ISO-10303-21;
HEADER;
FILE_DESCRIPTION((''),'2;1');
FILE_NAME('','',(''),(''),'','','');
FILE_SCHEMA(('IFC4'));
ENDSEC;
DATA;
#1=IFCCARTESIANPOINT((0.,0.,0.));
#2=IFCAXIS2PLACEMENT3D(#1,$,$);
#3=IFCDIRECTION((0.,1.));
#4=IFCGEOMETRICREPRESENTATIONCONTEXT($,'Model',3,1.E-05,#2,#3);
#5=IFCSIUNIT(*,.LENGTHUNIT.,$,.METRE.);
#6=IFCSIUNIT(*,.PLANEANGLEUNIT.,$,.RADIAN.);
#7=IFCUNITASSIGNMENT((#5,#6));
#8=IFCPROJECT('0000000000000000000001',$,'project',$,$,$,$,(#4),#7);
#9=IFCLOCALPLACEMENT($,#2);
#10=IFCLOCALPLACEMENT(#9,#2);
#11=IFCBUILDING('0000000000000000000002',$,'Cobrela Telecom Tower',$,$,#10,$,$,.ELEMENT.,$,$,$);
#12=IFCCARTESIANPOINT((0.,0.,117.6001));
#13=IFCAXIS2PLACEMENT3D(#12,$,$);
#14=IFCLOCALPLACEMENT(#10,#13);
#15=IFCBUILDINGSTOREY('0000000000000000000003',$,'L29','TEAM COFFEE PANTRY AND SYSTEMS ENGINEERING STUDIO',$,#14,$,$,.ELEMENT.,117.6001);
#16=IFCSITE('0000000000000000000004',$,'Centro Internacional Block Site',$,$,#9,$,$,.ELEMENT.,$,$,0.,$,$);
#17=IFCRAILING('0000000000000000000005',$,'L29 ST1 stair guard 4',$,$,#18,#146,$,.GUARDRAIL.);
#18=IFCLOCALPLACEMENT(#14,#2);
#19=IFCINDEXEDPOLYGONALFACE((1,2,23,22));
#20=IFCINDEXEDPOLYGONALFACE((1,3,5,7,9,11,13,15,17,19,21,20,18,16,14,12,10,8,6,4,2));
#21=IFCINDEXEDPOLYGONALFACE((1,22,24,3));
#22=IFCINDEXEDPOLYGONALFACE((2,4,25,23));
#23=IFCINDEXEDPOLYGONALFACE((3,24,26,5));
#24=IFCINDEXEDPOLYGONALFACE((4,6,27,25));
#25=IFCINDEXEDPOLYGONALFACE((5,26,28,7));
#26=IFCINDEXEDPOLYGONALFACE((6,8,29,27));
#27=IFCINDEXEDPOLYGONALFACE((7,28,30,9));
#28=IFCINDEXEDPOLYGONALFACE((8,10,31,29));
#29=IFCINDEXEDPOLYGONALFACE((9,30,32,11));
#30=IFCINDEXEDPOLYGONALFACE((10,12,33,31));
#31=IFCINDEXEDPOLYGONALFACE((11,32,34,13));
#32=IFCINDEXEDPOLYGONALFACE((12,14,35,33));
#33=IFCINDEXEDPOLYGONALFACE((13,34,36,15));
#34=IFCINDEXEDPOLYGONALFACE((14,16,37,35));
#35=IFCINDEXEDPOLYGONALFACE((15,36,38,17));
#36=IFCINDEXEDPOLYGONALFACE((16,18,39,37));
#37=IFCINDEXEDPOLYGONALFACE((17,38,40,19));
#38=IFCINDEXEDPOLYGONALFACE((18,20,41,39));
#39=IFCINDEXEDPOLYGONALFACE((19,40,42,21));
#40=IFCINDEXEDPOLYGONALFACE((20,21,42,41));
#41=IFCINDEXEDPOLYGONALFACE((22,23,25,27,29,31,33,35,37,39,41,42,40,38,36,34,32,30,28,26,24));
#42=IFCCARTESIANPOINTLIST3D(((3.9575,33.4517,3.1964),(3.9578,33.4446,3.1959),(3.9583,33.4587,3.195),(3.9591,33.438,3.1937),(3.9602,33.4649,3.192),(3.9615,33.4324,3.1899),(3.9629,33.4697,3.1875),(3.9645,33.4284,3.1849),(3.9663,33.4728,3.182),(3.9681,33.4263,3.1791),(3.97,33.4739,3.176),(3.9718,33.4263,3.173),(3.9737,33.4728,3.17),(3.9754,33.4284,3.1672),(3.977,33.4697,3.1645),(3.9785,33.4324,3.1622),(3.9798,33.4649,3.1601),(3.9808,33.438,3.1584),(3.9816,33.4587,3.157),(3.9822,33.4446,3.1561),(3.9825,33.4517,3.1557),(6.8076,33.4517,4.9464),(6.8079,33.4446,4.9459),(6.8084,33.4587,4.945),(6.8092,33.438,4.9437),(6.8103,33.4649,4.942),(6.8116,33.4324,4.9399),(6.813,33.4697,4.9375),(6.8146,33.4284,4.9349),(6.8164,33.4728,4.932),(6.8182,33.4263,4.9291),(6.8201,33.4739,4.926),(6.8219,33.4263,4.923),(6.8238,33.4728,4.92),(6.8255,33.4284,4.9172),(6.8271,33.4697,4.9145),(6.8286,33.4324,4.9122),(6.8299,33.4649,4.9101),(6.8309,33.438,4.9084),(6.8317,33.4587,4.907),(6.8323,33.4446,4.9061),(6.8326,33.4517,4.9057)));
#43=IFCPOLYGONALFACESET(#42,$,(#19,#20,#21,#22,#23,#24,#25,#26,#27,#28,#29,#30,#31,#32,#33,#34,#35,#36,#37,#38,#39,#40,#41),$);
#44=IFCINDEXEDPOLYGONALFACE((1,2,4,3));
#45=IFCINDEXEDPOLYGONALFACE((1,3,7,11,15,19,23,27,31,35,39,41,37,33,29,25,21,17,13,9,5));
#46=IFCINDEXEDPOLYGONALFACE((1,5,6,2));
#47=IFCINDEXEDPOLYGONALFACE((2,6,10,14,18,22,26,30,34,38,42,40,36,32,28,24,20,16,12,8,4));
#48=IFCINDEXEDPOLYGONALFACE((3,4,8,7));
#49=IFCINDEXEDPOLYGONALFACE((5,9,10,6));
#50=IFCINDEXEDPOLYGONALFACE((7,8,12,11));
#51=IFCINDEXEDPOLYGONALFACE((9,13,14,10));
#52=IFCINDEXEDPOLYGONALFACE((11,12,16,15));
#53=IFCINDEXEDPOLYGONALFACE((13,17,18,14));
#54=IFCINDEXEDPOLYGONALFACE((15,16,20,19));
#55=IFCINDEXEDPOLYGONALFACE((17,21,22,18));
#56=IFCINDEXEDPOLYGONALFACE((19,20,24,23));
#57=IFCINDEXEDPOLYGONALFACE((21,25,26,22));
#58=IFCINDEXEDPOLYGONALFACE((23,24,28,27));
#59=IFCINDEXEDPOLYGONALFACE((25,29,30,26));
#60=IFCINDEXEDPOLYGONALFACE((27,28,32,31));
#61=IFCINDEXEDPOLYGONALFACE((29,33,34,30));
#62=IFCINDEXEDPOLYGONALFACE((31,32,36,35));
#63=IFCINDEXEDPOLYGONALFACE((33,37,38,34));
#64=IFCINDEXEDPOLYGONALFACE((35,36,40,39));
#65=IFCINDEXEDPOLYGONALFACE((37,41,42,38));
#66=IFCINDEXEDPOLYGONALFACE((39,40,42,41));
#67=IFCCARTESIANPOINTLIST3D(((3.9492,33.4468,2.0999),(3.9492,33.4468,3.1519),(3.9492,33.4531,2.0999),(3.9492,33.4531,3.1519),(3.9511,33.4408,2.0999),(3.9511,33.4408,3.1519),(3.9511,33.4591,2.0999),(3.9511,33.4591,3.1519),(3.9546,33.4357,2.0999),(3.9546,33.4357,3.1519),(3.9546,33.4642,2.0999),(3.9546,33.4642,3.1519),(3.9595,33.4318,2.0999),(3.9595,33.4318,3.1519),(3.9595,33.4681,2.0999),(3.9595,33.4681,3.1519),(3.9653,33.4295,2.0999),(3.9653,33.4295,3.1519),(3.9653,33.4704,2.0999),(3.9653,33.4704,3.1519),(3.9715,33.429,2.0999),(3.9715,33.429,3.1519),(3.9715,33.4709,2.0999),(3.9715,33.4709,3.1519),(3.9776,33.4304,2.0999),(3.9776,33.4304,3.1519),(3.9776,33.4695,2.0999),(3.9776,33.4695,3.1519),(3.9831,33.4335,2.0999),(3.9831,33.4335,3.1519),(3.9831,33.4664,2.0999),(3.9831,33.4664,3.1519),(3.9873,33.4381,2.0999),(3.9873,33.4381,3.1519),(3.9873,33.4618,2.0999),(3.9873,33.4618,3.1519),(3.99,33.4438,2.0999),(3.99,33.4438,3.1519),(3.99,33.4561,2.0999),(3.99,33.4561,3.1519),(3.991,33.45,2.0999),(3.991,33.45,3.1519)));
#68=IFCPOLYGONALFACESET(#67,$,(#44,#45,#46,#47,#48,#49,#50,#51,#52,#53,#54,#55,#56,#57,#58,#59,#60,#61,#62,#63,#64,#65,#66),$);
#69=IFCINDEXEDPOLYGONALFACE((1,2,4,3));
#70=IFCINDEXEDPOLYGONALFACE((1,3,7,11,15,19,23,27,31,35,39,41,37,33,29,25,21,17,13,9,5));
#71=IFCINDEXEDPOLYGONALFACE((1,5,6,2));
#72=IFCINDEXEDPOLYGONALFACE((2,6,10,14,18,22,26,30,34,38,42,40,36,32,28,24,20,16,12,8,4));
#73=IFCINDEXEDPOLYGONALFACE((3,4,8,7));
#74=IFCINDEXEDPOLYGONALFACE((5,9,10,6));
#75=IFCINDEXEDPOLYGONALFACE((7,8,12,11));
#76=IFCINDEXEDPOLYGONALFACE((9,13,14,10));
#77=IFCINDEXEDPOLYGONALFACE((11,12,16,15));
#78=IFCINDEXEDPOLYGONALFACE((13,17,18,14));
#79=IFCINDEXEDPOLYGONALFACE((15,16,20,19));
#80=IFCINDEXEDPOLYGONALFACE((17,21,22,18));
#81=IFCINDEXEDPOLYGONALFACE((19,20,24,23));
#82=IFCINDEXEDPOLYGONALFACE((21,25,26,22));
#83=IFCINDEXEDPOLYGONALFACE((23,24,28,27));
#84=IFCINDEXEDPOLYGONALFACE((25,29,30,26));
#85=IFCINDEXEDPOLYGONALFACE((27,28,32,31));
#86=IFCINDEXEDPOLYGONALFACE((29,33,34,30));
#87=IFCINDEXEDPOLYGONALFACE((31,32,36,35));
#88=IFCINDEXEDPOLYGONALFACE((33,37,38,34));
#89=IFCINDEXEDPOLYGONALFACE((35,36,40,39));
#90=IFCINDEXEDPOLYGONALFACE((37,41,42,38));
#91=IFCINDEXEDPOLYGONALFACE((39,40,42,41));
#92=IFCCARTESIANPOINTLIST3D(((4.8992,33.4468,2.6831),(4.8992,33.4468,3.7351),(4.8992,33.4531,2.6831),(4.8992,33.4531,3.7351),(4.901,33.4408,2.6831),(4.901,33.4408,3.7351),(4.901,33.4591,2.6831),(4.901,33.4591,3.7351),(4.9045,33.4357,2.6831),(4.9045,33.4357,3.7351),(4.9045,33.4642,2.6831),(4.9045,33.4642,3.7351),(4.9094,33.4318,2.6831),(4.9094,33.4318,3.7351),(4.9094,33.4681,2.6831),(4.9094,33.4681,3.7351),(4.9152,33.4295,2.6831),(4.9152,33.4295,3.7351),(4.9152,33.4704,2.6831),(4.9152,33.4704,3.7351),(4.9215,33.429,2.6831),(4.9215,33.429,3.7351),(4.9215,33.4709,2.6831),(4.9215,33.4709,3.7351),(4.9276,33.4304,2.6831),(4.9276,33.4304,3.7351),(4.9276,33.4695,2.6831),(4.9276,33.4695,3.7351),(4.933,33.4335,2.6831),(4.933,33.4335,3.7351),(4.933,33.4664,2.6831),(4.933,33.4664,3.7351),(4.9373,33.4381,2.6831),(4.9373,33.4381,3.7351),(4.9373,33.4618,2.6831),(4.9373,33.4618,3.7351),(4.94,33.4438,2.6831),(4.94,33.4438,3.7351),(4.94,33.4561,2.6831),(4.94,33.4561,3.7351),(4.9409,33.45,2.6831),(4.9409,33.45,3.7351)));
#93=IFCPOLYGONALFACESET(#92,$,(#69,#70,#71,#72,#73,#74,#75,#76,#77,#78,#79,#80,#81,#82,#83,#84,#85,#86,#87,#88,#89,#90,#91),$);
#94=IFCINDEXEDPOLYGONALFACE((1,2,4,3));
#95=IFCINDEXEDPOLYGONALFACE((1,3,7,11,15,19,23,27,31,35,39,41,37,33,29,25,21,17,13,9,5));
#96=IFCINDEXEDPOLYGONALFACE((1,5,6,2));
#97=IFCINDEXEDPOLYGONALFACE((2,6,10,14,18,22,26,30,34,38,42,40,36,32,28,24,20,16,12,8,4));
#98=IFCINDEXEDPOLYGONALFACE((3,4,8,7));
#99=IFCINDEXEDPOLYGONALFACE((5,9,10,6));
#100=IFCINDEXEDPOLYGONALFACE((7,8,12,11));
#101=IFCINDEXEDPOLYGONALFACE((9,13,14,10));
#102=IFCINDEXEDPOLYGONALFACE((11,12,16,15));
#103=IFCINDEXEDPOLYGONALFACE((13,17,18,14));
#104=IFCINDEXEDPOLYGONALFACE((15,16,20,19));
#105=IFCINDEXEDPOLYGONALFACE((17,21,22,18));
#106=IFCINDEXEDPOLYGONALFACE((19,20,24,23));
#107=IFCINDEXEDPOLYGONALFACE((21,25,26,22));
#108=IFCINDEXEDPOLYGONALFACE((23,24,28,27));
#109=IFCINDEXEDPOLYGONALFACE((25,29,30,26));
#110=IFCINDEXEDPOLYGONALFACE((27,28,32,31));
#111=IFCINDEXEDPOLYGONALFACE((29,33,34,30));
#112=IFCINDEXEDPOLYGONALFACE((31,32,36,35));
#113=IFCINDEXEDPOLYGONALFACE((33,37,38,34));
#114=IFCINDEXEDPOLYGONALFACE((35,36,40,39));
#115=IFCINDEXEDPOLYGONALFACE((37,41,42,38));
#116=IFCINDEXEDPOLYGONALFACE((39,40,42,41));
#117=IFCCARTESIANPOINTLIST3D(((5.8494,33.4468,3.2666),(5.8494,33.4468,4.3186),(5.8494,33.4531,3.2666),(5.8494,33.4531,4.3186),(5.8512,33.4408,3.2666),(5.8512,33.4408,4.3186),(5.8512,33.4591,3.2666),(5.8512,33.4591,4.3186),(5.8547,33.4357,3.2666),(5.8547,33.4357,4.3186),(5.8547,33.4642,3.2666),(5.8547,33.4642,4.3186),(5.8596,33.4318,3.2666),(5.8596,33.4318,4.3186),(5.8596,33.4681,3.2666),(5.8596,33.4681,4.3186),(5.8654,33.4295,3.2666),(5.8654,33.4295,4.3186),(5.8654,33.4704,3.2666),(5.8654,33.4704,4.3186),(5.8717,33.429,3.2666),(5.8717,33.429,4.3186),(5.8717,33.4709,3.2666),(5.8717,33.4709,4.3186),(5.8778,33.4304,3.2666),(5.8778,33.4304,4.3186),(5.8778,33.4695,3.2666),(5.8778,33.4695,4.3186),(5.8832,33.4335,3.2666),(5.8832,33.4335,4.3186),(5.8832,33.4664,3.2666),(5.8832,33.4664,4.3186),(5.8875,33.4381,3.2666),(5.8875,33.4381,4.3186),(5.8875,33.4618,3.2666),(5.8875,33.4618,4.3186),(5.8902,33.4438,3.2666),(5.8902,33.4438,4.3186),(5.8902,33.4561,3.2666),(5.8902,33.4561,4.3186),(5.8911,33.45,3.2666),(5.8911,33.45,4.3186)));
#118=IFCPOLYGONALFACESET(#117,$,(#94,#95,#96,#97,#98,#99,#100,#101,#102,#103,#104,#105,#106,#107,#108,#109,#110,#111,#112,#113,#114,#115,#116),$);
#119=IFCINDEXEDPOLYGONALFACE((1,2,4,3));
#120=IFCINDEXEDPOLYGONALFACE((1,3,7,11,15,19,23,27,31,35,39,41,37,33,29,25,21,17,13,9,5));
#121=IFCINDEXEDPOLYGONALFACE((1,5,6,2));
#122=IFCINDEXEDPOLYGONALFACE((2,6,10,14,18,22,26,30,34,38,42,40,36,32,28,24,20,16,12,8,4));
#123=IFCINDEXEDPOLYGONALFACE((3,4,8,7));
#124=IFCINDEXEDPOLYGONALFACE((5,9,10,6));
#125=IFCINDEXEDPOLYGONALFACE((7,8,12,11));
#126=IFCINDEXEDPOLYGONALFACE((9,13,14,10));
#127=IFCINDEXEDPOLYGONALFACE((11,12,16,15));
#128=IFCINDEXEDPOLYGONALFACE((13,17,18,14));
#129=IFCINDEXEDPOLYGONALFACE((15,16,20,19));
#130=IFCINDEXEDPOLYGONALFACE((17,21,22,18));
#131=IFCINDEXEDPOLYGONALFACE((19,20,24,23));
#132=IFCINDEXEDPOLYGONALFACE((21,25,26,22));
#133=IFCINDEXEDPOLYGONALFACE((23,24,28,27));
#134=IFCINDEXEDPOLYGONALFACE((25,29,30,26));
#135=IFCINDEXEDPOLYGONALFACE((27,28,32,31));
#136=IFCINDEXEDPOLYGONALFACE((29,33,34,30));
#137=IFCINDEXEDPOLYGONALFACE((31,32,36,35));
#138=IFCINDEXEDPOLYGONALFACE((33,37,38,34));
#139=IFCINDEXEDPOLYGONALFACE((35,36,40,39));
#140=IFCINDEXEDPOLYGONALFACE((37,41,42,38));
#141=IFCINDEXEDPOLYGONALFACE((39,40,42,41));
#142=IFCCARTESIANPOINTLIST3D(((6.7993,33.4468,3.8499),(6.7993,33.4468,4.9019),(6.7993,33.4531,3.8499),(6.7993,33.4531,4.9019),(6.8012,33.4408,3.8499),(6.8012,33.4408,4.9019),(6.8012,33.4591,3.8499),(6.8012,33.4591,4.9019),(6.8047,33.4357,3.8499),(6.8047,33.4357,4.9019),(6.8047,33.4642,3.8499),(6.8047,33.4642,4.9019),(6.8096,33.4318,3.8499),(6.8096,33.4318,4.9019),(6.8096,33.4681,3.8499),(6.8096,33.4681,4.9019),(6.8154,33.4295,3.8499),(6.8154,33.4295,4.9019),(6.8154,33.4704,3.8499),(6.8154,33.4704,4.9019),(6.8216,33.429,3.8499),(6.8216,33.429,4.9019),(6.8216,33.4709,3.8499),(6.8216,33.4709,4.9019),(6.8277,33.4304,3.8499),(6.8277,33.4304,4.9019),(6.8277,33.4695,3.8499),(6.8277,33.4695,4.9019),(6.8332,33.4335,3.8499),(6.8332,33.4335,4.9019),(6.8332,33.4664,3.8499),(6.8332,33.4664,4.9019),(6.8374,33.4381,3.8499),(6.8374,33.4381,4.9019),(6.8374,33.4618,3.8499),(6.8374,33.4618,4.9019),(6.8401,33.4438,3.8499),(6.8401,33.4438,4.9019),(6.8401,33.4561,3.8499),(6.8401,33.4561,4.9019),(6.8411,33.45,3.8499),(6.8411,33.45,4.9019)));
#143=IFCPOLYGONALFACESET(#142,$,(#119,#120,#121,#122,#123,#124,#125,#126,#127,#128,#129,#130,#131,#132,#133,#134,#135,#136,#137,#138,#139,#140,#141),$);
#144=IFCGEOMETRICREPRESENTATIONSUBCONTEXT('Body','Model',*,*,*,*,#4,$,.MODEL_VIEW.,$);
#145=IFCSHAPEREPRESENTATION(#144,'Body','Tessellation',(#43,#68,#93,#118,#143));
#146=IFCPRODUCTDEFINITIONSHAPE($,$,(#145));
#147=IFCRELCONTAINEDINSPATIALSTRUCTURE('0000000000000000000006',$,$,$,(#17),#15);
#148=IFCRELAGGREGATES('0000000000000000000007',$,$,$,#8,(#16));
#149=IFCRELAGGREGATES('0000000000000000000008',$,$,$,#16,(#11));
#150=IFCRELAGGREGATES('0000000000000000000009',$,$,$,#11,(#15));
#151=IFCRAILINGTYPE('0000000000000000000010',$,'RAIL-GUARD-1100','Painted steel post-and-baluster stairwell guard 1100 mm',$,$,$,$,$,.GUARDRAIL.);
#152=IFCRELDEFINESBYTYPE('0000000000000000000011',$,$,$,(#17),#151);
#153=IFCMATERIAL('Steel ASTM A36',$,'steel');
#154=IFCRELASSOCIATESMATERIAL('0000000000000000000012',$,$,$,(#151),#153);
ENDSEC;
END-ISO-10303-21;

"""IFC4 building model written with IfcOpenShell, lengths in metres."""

from ifc_helpers import new_model, si_unit, direction, frame, origin, origin_2d, place, context, subcontext, project, spatial, circle, extrude, material, type_object, element, save


model = new_model("IFC4")

# Units and contexts
model_context = context("Model", 3, precision=1e-05, world=origin(), true_north=direction((0.0, 1.0)))
body_context = subcontext(model_context, "Body", "Model", "MODEL_VIEW")
ifc_project = project(units=[si_unit("LENGTHUNIT", "METRE"), si_unit("PLANEANGLEUNIT", "RADIAN")], contexts=[model_context])

# Site, building, storey
site_placement = place(None, origin())
site = spatial("IfcSite", under=ifc_project, at=site_placement, Name="Centro Internacional Block Site", CompositionType="ELEMENT", RefElevation=0.0)
building_placement = place(site_placement, origin())
building = spatial("IfcBuilding", under=site, at=building_placement, Name="Cobrela Telecom Tower", CompositionType="ELEMENT")
storey_placement = place(building_placement, frame((0.0, 0.0, 117.6001)))
storey = spatial("IfcBuildingStorey", under=building, at=storey_placement, Name="L29", Description="TEAM COFFEE PANTRY AND SYSTEMS ENGINEERING STUDIO", CompositionType="ELEMENT", Elevation=117.6001)

# Shared definitions
ifc_material_1 = material(Name="Steel ASTM A36", Category="steel")

# Railing
railing_type_1 = type_object("IfcRailingType", Name="RAIL-GUARD-1100", Description="Painted steel post-and-baluster stairwell guard 1100 mm", PredefinedType="GUARDRAIL", material=ifc_material_1)
railing_1_placement = place(storey_placement, frame((3.97, 33.45, 2.0999)))
element("IfcRailing", 1, at=railing_1_placement, inside=storey, type_object=railing_type_1, Name="L29 ST1 stair guard 4", PredefinedType="GUARDRAIL", context=body_context, shape_type="SweptSolid", body=[
    extrude(circle(Radius=0.0239, at=origin_2d()), frame((0.0, 0.0, 1.0762), z_axis=(0.852179, 0.0, 0.52325), x_axis=(0.0, 1.0, 0.0)), (0.0, 0.0, 1.0), 3.3445),
    extrude(circle(Radius=0.021, at=origin_2d()), origin(), (0.0, 0.0, 1.0), 1.052),
    extrude(circle(Radius=0.021, at=origin_2d()), frame((0.95, 0.0, 0.5833)), (0.0, 0.0, 1.0), 1.052),
    extrude(circle(Radius=0.021, at=origin_2d()), frame((1.9001, 0.0, 1.1667)), (0.0, 0.0, 1.0), 1.052),
    extrude(circle(Radius=0.021, at=origin_2d()), frame((2.8501, 0.0, 1.75)), (0.0, 0.0, 1.0), 1.052),
])

save(model, "model.ifc")
